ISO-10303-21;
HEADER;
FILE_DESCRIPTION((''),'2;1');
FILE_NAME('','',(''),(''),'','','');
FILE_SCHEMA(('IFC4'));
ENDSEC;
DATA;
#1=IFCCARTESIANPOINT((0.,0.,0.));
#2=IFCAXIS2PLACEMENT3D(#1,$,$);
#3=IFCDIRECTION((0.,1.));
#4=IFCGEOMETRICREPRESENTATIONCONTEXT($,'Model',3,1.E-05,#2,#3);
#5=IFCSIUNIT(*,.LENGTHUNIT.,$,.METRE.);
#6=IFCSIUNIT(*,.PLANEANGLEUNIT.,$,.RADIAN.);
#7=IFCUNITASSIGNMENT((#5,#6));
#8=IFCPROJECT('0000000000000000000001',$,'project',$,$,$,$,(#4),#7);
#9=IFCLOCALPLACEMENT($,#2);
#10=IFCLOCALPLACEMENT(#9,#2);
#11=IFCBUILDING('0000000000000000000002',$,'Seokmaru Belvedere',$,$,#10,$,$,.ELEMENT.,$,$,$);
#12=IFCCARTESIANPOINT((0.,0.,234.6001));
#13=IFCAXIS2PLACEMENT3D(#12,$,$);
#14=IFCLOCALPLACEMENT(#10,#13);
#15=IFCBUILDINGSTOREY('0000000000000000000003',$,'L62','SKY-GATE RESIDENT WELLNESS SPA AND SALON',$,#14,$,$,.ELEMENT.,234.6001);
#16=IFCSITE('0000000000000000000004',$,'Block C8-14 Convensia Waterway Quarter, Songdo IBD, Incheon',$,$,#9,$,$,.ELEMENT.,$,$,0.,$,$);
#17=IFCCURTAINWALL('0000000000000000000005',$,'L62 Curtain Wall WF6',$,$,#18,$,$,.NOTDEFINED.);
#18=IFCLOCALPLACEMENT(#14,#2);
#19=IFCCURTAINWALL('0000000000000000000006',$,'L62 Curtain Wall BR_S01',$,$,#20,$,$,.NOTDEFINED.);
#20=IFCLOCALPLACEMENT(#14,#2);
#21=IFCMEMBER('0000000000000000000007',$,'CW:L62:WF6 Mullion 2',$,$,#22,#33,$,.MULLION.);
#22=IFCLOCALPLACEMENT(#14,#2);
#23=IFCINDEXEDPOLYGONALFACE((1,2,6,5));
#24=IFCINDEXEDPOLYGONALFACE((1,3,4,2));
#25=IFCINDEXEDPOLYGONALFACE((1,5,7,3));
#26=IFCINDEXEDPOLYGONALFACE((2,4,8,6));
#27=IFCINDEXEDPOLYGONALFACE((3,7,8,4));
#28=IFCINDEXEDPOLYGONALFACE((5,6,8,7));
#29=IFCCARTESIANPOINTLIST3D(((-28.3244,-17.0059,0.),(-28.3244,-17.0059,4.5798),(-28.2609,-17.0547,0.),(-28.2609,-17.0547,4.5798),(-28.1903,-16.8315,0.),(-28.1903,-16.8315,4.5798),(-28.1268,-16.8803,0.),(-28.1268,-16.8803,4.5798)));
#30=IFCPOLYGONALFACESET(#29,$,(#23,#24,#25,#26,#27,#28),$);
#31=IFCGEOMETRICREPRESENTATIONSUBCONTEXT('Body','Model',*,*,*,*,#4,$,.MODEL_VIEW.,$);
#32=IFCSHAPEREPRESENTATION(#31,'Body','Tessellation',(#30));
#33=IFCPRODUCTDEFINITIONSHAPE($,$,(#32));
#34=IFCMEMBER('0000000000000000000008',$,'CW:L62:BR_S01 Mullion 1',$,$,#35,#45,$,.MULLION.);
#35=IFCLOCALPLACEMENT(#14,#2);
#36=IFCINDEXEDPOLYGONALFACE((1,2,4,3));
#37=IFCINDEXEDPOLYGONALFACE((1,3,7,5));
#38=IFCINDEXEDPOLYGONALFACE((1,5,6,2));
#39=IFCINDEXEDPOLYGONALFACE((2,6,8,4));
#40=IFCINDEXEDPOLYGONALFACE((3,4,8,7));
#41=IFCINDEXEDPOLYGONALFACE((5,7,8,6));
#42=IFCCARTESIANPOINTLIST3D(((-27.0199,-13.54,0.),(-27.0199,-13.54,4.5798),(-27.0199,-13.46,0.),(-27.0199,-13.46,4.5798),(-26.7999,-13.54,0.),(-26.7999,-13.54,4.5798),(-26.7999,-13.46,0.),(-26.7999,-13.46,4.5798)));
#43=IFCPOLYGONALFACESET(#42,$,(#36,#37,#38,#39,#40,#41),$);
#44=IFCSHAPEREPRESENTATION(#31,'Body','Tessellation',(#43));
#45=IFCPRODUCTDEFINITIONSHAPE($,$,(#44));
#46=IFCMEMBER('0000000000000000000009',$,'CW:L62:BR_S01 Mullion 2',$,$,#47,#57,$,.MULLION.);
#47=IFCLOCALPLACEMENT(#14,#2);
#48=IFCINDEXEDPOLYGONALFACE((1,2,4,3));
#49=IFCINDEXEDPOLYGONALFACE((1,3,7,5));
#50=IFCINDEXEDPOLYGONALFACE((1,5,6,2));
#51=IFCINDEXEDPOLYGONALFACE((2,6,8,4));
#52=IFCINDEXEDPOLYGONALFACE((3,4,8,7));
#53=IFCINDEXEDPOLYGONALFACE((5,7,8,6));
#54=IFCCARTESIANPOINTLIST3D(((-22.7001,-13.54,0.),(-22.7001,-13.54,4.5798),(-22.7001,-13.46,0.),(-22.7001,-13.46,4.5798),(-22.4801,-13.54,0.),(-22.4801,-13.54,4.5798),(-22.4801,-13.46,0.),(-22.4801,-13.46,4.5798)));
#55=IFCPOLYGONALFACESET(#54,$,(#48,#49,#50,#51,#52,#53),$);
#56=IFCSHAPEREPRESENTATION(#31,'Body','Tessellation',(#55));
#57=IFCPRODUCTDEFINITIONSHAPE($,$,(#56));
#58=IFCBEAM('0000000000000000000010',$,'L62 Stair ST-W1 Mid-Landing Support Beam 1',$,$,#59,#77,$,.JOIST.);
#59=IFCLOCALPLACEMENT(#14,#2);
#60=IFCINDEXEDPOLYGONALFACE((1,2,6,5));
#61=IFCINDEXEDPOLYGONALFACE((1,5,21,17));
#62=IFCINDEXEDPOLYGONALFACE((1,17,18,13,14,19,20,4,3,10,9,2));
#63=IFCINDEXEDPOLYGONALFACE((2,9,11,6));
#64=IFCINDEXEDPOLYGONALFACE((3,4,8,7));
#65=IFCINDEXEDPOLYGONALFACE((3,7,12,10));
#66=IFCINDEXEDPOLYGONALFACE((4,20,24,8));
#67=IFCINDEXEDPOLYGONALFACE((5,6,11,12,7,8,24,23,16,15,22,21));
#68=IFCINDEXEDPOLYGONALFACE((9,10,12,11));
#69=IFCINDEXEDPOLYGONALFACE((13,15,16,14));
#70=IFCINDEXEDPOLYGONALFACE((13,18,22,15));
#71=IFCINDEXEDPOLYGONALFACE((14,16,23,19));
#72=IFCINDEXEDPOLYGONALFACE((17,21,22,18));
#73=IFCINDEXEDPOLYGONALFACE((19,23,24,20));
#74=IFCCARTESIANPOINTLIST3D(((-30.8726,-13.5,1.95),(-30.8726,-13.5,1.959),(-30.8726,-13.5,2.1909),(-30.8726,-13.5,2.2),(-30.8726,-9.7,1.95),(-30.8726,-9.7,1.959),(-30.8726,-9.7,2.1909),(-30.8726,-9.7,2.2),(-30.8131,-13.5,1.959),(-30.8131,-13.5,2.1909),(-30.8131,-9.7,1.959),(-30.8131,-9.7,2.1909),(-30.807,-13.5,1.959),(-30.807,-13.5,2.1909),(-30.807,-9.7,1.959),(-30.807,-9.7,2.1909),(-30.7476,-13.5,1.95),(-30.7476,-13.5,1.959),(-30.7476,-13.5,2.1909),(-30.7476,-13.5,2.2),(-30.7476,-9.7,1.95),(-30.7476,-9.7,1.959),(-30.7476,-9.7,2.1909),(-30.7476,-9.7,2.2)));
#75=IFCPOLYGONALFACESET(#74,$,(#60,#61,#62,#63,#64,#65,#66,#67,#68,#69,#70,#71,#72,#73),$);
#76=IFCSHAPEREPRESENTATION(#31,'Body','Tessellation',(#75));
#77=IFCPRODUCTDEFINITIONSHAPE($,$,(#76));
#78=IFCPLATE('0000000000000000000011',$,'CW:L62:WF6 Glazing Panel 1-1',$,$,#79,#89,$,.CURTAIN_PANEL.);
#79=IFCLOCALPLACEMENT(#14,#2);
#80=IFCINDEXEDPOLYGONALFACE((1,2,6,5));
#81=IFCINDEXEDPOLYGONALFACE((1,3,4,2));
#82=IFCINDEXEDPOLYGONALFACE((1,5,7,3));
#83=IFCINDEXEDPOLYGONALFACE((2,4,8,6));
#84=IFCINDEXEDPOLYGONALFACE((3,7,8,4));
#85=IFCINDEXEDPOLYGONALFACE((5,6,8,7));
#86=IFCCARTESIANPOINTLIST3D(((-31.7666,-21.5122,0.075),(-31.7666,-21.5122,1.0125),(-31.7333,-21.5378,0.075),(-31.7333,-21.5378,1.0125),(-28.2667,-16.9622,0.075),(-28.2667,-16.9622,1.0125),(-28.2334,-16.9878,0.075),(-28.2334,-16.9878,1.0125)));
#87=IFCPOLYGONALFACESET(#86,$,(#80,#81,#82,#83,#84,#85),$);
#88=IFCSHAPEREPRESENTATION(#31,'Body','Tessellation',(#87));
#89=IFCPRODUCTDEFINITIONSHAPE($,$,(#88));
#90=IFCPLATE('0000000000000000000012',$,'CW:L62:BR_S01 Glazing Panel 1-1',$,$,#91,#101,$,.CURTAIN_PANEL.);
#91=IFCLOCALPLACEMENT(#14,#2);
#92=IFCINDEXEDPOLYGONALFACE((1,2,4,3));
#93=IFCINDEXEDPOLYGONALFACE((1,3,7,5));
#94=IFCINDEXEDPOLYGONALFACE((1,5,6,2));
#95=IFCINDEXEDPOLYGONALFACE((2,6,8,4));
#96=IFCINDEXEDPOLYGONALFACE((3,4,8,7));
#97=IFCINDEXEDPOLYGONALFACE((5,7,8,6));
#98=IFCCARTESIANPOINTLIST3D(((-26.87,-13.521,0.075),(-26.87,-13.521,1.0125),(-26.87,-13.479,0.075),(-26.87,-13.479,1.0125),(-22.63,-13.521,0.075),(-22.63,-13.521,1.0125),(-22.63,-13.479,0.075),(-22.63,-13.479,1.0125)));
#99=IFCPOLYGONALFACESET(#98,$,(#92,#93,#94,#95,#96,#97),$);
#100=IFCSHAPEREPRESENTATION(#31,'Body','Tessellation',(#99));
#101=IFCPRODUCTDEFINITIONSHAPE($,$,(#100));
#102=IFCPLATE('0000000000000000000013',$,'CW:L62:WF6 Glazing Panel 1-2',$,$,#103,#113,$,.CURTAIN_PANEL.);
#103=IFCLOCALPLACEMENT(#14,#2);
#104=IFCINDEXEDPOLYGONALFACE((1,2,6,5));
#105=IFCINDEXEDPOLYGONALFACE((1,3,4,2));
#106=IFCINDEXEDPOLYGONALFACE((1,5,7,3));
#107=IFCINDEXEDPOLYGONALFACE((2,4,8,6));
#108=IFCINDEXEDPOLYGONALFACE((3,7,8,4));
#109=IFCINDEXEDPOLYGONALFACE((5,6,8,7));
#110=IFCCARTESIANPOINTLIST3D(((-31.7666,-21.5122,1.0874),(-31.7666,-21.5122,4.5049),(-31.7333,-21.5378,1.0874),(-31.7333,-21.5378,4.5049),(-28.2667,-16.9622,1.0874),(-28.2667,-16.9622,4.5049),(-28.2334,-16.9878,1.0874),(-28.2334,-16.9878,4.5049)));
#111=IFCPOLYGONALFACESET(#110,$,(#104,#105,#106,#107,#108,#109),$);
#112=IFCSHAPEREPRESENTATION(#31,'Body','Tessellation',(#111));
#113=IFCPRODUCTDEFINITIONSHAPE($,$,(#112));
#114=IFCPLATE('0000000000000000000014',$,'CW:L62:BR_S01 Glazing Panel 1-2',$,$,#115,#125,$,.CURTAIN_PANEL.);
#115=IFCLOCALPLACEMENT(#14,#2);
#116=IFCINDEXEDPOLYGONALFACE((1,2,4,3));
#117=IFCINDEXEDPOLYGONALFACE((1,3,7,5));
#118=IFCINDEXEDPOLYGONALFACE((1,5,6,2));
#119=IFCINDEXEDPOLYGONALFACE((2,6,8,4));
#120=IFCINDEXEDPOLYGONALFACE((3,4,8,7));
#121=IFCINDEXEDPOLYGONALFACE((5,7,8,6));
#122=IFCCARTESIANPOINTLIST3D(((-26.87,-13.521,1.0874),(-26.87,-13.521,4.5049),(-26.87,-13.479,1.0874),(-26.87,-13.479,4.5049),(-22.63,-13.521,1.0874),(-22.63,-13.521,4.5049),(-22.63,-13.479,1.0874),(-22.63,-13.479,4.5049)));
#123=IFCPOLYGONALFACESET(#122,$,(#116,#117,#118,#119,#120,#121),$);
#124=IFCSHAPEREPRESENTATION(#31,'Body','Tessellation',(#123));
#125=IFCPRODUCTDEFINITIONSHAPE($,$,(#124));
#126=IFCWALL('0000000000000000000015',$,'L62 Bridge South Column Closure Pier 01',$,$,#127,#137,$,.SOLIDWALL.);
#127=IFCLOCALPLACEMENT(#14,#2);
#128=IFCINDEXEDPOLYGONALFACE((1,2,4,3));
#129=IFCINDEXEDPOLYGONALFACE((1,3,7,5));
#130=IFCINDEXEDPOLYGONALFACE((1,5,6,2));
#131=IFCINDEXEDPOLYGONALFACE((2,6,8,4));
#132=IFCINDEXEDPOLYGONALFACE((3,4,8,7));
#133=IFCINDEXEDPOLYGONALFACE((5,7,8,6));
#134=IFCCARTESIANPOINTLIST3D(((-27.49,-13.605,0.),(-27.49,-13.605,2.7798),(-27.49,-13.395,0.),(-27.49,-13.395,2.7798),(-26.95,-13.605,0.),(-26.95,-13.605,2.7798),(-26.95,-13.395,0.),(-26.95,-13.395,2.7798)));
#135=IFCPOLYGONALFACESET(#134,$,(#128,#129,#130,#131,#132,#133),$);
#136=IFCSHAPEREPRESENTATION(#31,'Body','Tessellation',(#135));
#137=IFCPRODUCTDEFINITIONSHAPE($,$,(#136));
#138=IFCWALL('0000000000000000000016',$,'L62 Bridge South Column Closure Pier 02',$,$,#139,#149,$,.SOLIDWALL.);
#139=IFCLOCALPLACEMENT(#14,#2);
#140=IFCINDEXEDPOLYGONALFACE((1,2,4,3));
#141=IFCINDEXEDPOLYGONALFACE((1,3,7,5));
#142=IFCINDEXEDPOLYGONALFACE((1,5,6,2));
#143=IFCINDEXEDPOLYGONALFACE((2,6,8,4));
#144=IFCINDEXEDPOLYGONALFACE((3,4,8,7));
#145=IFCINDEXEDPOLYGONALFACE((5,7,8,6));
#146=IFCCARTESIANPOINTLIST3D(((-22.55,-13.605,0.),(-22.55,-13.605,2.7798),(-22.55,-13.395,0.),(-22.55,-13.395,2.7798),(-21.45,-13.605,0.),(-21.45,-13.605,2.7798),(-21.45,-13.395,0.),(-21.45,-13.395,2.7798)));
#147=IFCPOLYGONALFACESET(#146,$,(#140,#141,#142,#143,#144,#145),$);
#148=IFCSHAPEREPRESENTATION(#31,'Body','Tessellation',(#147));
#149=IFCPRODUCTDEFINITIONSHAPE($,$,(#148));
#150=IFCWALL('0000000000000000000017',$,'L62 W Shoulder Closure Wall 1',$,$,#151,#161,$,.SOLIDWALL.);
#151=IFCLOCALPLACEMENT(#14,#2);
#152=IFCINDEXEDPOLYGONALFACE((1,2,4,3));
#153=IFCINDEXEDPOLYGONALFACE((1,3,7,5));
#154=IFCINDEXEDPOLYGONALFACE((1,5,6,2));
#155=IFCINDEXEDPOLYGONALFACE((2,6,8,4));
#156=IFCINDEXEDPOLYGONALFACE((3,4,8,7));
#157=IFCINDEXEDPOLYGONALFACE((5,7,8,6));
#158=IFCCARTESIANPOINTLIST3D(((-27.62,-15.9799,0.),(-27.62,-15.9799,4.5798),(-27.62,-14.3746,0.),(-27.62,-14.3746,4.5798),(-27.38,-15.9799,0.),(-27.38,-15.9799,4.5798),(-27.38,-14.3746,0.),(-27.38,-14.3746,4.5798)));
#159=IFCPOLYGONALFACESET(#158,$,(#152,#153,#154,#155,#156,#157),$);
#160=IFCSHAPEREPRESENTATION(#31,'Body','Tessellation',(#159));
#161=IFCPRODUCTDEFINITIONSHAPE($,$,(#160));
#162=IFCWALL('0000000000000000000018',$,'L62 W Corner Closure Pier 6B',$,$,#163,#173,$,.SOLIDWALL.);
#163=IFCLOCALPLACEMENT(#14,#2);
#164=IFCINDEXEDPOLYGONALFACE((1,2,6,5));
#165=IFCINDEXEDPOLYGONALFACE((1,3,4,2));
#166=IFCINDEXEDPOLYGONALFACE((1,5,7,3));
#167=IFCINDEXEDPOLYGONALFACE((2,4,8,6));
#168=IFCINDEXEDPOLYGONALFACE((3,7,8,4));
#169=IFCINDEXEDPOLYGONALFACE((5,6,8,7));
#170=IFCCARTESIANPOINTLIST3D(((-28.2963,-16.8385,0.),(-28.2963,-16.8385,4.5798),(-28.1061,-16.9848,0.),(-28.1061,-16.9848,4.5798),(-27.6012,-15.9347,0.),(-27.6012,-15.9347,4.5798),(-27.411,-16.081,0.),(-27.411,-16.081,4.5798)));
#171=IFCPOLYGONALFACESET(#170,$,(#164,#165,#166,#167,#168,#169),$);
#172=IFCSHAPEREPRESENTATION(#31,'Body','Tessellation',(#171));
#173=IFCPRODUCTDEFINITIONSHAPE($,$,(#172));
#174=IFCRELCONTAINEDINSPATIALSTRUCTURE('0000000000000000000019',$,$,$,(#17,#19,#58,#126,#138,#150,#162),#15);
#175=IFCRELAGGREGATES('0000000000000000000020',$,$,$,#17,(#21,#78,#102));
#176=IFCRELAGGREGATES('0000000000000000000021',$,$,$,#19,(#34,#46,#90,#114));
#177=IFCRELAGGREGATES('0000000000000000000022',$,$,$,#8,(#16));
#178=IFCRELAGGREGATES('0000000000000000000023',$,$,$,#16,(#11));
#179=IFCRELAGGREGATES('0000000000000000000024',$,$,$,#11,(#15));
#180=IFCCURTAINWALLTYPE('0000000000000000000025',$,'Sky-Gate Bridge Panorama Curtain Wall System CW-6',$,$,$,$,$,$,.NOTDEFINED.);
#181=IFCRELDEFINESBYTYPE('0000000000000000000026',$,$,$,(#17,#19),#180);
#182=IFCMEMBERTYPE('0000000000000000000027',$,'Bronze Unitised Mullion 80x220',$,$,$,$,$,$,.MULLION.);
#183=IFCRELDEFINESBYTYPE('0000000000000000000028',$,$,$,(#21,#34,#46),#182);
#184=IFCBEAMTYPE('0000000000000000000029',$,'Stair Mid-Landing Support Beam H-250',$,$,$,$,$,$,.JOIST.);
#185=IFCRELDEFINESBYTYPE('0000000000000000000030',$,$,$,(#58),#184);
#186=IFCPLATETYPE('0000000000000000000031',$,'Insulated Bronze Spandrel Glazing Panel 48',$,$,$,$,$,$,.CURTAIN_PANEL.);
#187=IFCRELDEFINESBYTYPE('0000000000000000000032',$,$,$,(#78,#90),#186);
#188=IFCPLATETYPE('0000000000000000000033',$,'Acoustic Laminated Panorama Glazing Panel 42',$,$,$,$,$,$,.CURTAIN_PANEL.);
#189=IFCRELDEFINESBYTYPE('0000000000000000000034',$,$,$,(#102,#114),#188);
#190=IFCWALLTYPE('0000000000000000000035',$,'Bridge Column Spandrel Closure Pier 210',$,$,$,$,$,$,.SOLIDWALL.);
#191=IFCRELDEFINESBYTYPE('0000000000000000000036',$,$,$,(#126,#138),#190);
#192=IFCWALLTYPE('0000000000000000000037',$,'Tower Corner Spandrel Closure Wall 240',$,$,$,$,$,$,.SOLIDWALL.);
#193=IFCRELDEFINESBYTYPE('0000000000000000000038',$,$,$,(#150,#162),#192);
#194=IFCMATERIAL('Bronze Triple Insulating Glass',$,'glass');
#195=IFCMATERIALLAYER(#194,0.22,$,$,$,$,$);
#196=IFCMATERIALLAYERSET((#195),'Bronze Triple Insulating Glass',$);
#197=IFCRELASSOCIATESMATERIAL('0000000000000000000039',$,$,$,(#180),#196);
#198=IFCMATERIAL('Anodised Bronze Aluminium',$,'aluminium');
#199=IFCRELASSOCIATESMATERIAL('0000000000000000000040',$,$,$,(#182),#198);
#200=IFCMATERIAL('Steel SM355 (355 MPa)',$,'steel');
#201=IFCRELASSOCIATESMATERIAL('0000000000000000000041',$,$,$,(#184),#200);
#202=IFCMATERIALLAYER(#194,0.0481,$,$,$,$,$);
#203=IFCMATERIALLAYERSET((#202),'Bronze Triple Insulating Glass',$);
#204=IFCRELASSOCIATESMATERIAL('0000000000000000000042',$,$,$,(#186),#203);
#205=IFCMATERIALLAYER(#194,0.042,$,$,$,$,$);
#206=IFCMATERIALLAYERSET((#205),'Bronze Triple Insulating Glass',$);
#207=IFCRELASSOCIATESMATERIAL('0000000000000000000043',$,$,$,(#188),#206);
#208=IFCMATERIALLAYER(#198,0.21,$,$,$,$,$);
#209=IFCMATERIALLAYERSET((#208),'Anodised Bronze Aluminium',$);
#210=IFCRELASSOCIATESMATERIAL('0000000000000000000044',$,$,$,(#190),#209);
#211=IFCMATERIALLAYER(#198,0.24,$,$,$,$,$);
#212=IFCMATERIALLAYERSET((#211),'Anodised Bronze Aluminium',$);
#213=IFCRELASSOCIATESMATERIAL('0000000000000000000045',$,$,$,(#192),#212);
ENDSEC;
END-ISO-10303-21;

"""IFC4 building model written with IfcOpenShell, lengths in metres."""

from ifc_helpers import new_model, si_unit, direction, frame, frame_2d, origin, origin_2d, place, context, subcontext, project, spatial, rectangle, i_section, extrude, source, transform, mapped, material, layer, layer_set, material_profile, profile_set, type_object, type_shapes, element, aggregate, save


model = new_model("IFC4")

# Units and contexts
model_context = context("Model", 3, precision=1e-05, world=origin(), true_north=direction((0.0, 1.0)))
body_context = subcontext(model_context, "Body", "Model", "MODEL_VIEW")
ifc_project = project(units=[si_unit("LENGTHUNIT", "METRE"), si_unit("PLANEANGLEUNIT", "RADIAN")], contexts=[model_context])

# Site, building, storey
site_placement = place(None, origin())
site = spatial("IfcSite", under=ifc_project, at=site_placement, Name="Block C8-14 Convensia Waterway Quarter, Songdo IBD, Incheon", CompositionType="ELEMENT", RefElevation=0.0)
building_placement = place(site_placement, origin())
building = spatial("IfcBuilding", under=site, at=building_placement, Name="Seokmaru Belvedere", CompositionType="ELEMENT")
storey_placement = place(building_placement, frame((0.0, 0.0, 234.6001)))
storey = spatial("IfcBuildingStorey", under=building, at=storey_placement, Name="L62", Description="SKY-GATE RESIDENT WELLNESS SPA AND SALON", CompositionType="ELEMENT", Elevation=234.6001)

# Shared definitions
ifc_material_1 = material(Name="Steel SM355 (355 MPa)", Category="steel")

# Curtain walls
ifc_material_2 = material(Name="Bronze Triple Insulating Glass", Category="glass")
ifc_layer_1 = layer(ifc_material_2, 0.22)
ifc_layer_set_1 = layer_set([ifc_layer_1], Name="Bronze Triple Insulating Glass")
curtain_wall_type = type_object("IfcCurtainWallType", Name="Sky-Gate Bridge Panorama Curtain Wall System CW-6", PredefinedType="NOTDEFINED", material=ifc_layer_set_1)
curtain_wall_1_placement = place(storey_placement, origin())
curtain_wall_1 = element("IfcCurtainWall", 1, at=curtain_wall_1_placement, inside=storey, type_object=curtain_wall_type, Name="L62 Curtain Wall WF6", PredefinedType="NOTDEFINED")
ifc_material_3 = material(Name="Anodised Bronze Aluminium", Category="aluminium")
curtain_wall_2_placement = place(storey_placement, origin())
curtain_wall_2 = element("IfcCurtainWall", 2, at=curtain_wall_2_placement, inside=storey, type_object=curtain_wall_type, Name="L62 Curtain Wall BR_S01", PredefinedType="NOTDEFINED")

# Members
ifc_material_profile_1 = material_profile(ifc_material_3, rectangle(XDim=0.0801, YDim=0.22, at=origin_2d()), Name="CW-M-80x220")
ifc_profile_set_1 = profile_set([ifc_material_profile_1], Name="Anodised Bronze Aluminium")
member_type_1 = type_object("IfcMemberType", Name="Bronze Unitised Mullion 80x220", PredefinedType="MULLION", material=ifc_profile_set_1)
shared_shape_1 = source(origin(), body_context, "Body", "SweptSolid", [
    extrude(rectangle(XDim=0.0801, YDim=0.22, at=origin_2d()), origin(), (0.0, 0.0, 1.0), 4.5798),
])
type_shapes(member_type_1, [shared_shape_1])
member_1_placement = place(storey_placement, frame((-28.2256, -16.9431, 0.0), z_axis=(0.0, 0.0, 1.0), x_axis=(-0.792631, 0.609701, 0.0)))
member_1 = element("IfcMember", 3, at=member_1_placement, type_object=member_type_1, Name="CW:L62:WF6 Mullion 2", PredefinedType="MULLION", context=body_context, shape_type="MappedRepresentation", body=[
    mapped(shared_shape_1, transform((0.0, 0.0, 0.0), scale=1.0)),
])
member_2_placement = place(storey_placement, frame((-26.9099, -13.5, 0.0), z_axis=(0.0, 0.0, 1.0), x_axis=(0.0, 1.0, 0.0)))
member_2 = element("IfcMember", 4, at=member_2_placement, type_object=member_type_1, Name="CW:L62:BR_S01 Mullion 1", PredefinedType="MULLION", context=body_context, shape_type="MappedRepresentation", body=[
    mapped(shared_shape_1, transform((0.0, 0.0, 0.0), scale=1.0)),
])
member_3_placement = place(storey_placement, frame((-22.5901, -13.5, 0.0), z_axis=(0.0, 0.0, 1.0), x_axis=(0.0, 1.0, 0.0)))
member_3 = element("IfcMember", 5, at=member_3_placement, type_object=member_type_1, Name="CW:L62:BR_S01 Mullion 2", PredefinedType="MULLION", context=body_context, shape_type="MappedRepresentation", body=[
    mapped(shared_shape_1, transform((0.0, 0.0, 0.0), scale=1.0)),
])

# Beam
ifc_material_profile_2 = material_profile(ifc_material_1, i_section(OverallWidth=0.125, OverallDepth=0.25, WebThickness=0.0061, FlangeThickness=0.009, at=origin_2d()), Name="H-250x125x6x9")
ifc_profile_set_2 = profile_set([ifc_material_profile_2], Name="Steel SM355 (355 MPa)")
beam_type_1 = type_object("IfcBeamType", Name="Stair Mid-Landing Support Beam H-250", PredefinedType="JOIST", material=ifc_profile_set_2)
shared_shape_2 = source(origin(), body_context, "Body", "SweptSolid", [
    extrude(i_section(OverallWidth=0.125, OverallDepth=0.25, WebThickness=0.0061, FlangeThickness=0.009, at=origin_2d()), origin(), (0.0, 0.0, 1.0), 3.8),
])
type_shapes(beam_type_1, [shared_shape_2])
beam_1_placement = place(storey_placement, frame((-30.8101, -13.5, 2.075), z_axis=(0.0, 1.0, 0.0), x_axis=(-1.0, 0.0, 0.0)))
element("IfcBeam", 6, at=beam_1_placement, inside=storey, type_object=beam_type_1, Name="L62 Stair ST-W1 Mid-Landing Support Beam 1", PredefinedType="JOIST", context=body_context, shape_type="MappedRepresentation", body=[
    mapped(shared_shape_2, transform((0.0, 0.0, 0.0), scale=1.0)),
])

# Plates
ifc_layer_2 = layer(ifc_material_2, 0.0481)
ifc_layer_set_2 = layer_set([ifc_layer_2], Name="Bronze Triple Insulating Glass")
plate_type_1 = type_object("IfcPlateType", Name="Insulated Bronze Spandrel Glazing Panel 48", PredefinedType="CURTAIN_PANEL", material=ifc_layer_set_2)
shared_shape_3 = source(origin(), body_context, "Body", "SweptSolid", [
    extrude(rectangle(XDim=5.7405, YDim=0.042, at=origin_2d()), origin(), (0.0, 0.0, 1.0), 0.9375),
])
plate_1_placement = place(storey_placement, frame((-30.0, -19.25, 0.075), z_axis=(0.0, 0.0, 1.0), x_axis=(0.609701, 0.792631, 0.0)))
plate_1 = element("IfcPlate", 7, at=plate_1_placement, type_object=plate_type_1, Name="CW:L62:WF6 Glazing Panel 1-1", PredefinedType="CURTAIN_PANEL", context=body_context, shape_type="MappedRepresentation", body=[
    mapped(shared_shape_3, transform((0.0, 0.0, 0.0), scale=1.0)),
])
shared_shape_4 = source(origin(), body_context, "Body", "SweptSolid", [
    extrude(rectangle(XDim=4.24, YDim=0.042, at=origin_2d()), origin(), (0.0, 0.0, 1.0), 0.9375),
])
type_shapes(plate_type_1, [shared_shape_3, shared_shape_4])
plate_2_placement = place(storey_placement, frame((-24.75, -13.5, 0.075), z_axis=(0.0, 0.0, 1.0), x_axis=(1.0, 0.0, 0.0)))
plate_2 = element("IfcPlate", 8, at=plate_2_placement, type_object=plate_type_1, Name="CW:L62:BR_S01 Glazing Panel 1-1", PredefinedType="CURTAIN_PANEL", context=body_context, shape_type="MappedRepresentation", body=[
    mapped(shared_shape_4, transform((0.0, 0.0, 0.0), scale=1.0)),
])
ifc_layer_3 = layer(ifc_material_2, 0.042)
ifc_layer_set_3 = layer_set([ifc_layer_3], Name="Bronze Triple Insulating Glass")
plate_type_2 = type_object("IfcPlateType", Name="Acoustic Laminated Panorama Glazing Panel 42", PredefinedType="CURTAIN_PANEL", material=ifc_layer_set_3)
shared_shape_5 = source(origin(), body_context, "Body", "SweptSolid", [
    extrude(rectangle(XDim=5.7405, YDim=0.042, at=origin_2d()), origin(), (0.0, 0.0, 1.0), 3.4175),
])
plate_3_placement = place(storey_placement, frame((-30.0, -19.25, 1.0874), z_axis=(0.0, 0.0, 1.0), x_axis=(0.609701, 0.792631, 0.0)))
plate_3 = element("IfcPlate", 9, at=plate_3_placement, type_object=plate_type_2, Name="CW:L62:WF6 Glazing Panel 1-2", PredefinedType="CURTAIN_PANEL", context=body_context, shape_type="MappedRepresentation", body=[
    mapped(shared_shape_5, transform((0.0, 0.0, 0.0), scale=1.0)),
])
aggregate(curtain_wall_1, [member_1, plate_1, plate_3])
shared_shape_6 = source(origin(), body_context, "Body", "SweptSolid", [
    extrude(rectangle(XDim=4.24, YDim=0.042, at=origin_2d()), origin(), (0.0, 0.0, 1.0), 3.4175),
])
type_shapes(plate_type_2, [shared_shape_5, shared_shape_6])
plate_4_placement = place(storey_placement, frame((-24.75, -13.5, 1.0874), z_axis=(0.0, 0.0, 1.0), x_axis=(1.0, 0.0, 0.0)))
plate_4 = element("IfcPlate", 10, at=plate_4_placement, type_object=plate_type_2, Name="CW:L62:BR_S01 Glazing Panel 1-2", PredefinedType="CURTAIN_PANEL", context=body_context, shape_type="MappedRepresentation", body=[
    mapped(shared_shape_6, transform((0.0, 0.0, 0.0), scale=1.0)),
])
aggregate(curtain_wall_2, [member_2, member_3, plate_2, plate_4])

# Walls
ifc_layer_4 = layer(ifc_material_3, 0.21)
ifc_layer_set_4 = layer_set([ifc_layer_4], Name="Anodised Bronze Aluminium")
wall_type_1 = type_object("IfcWallType", Name="Bridge Column Spandrel Closure Pier 210", PredefinedType="SOLIDWALL", material=ifc_layer_set_4)
wall_1_placement = place(storey_placement, frame((-27.49, -13.5, 0.0), z_axis=(0.0, 0.0, 1.0), x_axis=(1.0, 0.0, 0.0)))
element("IfcWall", 11, at=wall_1_placement, inside=storey, type_object=wall_type_1, Name="L62 Bridge South Column Closure Pier 01", PredefinedType="SOLIDWALL", context=body_context, shape_type="SweptSolid", body=[
    extrude(rectangle(XDim=0.54, YDim=0.21, at=frame_2d((0.27, 0.0))), origin(), (0.0, 0.0, 1.0), 2.7798),
])
wall_2_placement = place(storey_placement, frame((-22.55, -13.5, 0.0), z_axis=(0.0, 0.0, 1.0), x_axis=(1.0, 0.0, 0.0)))
element("IfcWall", 12, at=wall_2_placement, inside=storey, type_object=wall_type_1, Name="L62 Bridge South Column Closure Pier 02", PredefinedType="SOLIDWALL", context=body_context, shape_type="SweptSolid", body=[
    extrude(rectangle(XDim=1.1001, YDim=0.21, at=frame_2d((0.55, 0.0))), origin(), (0.0, 0.0, 1.0), 2.7798),
])
ifc_layer_5 = layer(ifc_material_3, 0.24)
ifc_layer_set_5 = layer_set([ifc_layer_5], Name="Anodised Bronze Aluminium")
wall_type_2 = type_object("IfcWallType", Name="Tower Corner Spandrel Closure Wall 240", PredefinedType="SOLIDWALL", material=ifc_layer_set_5)
wall_3_placement = place(storey_placement, frame((-27.5, -15.98, 0.0), z_axis=(0.0, 0.0, 1.0), x_axis=(0.0, 1.0, 0.0)))
element("IfcWall", 13, at=wall_3_placement, inside=storey, type_object=wall_type_2, Name="L62 W Shoulder Closure Wall 1", PredefinedType="SOLIDWALL", context=body_context, shape_type="SweptSolid", body=[
    extrude(rectangle(XDim=1.6052, YDim=0.24, at=frame_2d((0.8027, 0.0))), origin(), (0.0, 0.0, 1.0), 4.5798),
])
wall_4_placement = place(storey_placement, frame((-28.2012, -16.9116, 0.0), z_axis=(0.0, 0.0, 1.0), x_axis=(0.609618, 0.792696, 0.0)))
element("IfcWall", 14, at=wall_4_placement, inside=storey, type_object=wall_type_2, Name="L62 W Corner Closure Pier 6B", PredefinedType="SOLIDWALL", context=body_context, shape_type="SweptSolid", body=[
    extrude(rectangle(XDim=1.1401, YDim=0.24, at=frame_2d((0.5701, 0.0))), origin(), (0.0, 0.0, 1.0), 4.5798),
])

save(model, "model.ifc")
